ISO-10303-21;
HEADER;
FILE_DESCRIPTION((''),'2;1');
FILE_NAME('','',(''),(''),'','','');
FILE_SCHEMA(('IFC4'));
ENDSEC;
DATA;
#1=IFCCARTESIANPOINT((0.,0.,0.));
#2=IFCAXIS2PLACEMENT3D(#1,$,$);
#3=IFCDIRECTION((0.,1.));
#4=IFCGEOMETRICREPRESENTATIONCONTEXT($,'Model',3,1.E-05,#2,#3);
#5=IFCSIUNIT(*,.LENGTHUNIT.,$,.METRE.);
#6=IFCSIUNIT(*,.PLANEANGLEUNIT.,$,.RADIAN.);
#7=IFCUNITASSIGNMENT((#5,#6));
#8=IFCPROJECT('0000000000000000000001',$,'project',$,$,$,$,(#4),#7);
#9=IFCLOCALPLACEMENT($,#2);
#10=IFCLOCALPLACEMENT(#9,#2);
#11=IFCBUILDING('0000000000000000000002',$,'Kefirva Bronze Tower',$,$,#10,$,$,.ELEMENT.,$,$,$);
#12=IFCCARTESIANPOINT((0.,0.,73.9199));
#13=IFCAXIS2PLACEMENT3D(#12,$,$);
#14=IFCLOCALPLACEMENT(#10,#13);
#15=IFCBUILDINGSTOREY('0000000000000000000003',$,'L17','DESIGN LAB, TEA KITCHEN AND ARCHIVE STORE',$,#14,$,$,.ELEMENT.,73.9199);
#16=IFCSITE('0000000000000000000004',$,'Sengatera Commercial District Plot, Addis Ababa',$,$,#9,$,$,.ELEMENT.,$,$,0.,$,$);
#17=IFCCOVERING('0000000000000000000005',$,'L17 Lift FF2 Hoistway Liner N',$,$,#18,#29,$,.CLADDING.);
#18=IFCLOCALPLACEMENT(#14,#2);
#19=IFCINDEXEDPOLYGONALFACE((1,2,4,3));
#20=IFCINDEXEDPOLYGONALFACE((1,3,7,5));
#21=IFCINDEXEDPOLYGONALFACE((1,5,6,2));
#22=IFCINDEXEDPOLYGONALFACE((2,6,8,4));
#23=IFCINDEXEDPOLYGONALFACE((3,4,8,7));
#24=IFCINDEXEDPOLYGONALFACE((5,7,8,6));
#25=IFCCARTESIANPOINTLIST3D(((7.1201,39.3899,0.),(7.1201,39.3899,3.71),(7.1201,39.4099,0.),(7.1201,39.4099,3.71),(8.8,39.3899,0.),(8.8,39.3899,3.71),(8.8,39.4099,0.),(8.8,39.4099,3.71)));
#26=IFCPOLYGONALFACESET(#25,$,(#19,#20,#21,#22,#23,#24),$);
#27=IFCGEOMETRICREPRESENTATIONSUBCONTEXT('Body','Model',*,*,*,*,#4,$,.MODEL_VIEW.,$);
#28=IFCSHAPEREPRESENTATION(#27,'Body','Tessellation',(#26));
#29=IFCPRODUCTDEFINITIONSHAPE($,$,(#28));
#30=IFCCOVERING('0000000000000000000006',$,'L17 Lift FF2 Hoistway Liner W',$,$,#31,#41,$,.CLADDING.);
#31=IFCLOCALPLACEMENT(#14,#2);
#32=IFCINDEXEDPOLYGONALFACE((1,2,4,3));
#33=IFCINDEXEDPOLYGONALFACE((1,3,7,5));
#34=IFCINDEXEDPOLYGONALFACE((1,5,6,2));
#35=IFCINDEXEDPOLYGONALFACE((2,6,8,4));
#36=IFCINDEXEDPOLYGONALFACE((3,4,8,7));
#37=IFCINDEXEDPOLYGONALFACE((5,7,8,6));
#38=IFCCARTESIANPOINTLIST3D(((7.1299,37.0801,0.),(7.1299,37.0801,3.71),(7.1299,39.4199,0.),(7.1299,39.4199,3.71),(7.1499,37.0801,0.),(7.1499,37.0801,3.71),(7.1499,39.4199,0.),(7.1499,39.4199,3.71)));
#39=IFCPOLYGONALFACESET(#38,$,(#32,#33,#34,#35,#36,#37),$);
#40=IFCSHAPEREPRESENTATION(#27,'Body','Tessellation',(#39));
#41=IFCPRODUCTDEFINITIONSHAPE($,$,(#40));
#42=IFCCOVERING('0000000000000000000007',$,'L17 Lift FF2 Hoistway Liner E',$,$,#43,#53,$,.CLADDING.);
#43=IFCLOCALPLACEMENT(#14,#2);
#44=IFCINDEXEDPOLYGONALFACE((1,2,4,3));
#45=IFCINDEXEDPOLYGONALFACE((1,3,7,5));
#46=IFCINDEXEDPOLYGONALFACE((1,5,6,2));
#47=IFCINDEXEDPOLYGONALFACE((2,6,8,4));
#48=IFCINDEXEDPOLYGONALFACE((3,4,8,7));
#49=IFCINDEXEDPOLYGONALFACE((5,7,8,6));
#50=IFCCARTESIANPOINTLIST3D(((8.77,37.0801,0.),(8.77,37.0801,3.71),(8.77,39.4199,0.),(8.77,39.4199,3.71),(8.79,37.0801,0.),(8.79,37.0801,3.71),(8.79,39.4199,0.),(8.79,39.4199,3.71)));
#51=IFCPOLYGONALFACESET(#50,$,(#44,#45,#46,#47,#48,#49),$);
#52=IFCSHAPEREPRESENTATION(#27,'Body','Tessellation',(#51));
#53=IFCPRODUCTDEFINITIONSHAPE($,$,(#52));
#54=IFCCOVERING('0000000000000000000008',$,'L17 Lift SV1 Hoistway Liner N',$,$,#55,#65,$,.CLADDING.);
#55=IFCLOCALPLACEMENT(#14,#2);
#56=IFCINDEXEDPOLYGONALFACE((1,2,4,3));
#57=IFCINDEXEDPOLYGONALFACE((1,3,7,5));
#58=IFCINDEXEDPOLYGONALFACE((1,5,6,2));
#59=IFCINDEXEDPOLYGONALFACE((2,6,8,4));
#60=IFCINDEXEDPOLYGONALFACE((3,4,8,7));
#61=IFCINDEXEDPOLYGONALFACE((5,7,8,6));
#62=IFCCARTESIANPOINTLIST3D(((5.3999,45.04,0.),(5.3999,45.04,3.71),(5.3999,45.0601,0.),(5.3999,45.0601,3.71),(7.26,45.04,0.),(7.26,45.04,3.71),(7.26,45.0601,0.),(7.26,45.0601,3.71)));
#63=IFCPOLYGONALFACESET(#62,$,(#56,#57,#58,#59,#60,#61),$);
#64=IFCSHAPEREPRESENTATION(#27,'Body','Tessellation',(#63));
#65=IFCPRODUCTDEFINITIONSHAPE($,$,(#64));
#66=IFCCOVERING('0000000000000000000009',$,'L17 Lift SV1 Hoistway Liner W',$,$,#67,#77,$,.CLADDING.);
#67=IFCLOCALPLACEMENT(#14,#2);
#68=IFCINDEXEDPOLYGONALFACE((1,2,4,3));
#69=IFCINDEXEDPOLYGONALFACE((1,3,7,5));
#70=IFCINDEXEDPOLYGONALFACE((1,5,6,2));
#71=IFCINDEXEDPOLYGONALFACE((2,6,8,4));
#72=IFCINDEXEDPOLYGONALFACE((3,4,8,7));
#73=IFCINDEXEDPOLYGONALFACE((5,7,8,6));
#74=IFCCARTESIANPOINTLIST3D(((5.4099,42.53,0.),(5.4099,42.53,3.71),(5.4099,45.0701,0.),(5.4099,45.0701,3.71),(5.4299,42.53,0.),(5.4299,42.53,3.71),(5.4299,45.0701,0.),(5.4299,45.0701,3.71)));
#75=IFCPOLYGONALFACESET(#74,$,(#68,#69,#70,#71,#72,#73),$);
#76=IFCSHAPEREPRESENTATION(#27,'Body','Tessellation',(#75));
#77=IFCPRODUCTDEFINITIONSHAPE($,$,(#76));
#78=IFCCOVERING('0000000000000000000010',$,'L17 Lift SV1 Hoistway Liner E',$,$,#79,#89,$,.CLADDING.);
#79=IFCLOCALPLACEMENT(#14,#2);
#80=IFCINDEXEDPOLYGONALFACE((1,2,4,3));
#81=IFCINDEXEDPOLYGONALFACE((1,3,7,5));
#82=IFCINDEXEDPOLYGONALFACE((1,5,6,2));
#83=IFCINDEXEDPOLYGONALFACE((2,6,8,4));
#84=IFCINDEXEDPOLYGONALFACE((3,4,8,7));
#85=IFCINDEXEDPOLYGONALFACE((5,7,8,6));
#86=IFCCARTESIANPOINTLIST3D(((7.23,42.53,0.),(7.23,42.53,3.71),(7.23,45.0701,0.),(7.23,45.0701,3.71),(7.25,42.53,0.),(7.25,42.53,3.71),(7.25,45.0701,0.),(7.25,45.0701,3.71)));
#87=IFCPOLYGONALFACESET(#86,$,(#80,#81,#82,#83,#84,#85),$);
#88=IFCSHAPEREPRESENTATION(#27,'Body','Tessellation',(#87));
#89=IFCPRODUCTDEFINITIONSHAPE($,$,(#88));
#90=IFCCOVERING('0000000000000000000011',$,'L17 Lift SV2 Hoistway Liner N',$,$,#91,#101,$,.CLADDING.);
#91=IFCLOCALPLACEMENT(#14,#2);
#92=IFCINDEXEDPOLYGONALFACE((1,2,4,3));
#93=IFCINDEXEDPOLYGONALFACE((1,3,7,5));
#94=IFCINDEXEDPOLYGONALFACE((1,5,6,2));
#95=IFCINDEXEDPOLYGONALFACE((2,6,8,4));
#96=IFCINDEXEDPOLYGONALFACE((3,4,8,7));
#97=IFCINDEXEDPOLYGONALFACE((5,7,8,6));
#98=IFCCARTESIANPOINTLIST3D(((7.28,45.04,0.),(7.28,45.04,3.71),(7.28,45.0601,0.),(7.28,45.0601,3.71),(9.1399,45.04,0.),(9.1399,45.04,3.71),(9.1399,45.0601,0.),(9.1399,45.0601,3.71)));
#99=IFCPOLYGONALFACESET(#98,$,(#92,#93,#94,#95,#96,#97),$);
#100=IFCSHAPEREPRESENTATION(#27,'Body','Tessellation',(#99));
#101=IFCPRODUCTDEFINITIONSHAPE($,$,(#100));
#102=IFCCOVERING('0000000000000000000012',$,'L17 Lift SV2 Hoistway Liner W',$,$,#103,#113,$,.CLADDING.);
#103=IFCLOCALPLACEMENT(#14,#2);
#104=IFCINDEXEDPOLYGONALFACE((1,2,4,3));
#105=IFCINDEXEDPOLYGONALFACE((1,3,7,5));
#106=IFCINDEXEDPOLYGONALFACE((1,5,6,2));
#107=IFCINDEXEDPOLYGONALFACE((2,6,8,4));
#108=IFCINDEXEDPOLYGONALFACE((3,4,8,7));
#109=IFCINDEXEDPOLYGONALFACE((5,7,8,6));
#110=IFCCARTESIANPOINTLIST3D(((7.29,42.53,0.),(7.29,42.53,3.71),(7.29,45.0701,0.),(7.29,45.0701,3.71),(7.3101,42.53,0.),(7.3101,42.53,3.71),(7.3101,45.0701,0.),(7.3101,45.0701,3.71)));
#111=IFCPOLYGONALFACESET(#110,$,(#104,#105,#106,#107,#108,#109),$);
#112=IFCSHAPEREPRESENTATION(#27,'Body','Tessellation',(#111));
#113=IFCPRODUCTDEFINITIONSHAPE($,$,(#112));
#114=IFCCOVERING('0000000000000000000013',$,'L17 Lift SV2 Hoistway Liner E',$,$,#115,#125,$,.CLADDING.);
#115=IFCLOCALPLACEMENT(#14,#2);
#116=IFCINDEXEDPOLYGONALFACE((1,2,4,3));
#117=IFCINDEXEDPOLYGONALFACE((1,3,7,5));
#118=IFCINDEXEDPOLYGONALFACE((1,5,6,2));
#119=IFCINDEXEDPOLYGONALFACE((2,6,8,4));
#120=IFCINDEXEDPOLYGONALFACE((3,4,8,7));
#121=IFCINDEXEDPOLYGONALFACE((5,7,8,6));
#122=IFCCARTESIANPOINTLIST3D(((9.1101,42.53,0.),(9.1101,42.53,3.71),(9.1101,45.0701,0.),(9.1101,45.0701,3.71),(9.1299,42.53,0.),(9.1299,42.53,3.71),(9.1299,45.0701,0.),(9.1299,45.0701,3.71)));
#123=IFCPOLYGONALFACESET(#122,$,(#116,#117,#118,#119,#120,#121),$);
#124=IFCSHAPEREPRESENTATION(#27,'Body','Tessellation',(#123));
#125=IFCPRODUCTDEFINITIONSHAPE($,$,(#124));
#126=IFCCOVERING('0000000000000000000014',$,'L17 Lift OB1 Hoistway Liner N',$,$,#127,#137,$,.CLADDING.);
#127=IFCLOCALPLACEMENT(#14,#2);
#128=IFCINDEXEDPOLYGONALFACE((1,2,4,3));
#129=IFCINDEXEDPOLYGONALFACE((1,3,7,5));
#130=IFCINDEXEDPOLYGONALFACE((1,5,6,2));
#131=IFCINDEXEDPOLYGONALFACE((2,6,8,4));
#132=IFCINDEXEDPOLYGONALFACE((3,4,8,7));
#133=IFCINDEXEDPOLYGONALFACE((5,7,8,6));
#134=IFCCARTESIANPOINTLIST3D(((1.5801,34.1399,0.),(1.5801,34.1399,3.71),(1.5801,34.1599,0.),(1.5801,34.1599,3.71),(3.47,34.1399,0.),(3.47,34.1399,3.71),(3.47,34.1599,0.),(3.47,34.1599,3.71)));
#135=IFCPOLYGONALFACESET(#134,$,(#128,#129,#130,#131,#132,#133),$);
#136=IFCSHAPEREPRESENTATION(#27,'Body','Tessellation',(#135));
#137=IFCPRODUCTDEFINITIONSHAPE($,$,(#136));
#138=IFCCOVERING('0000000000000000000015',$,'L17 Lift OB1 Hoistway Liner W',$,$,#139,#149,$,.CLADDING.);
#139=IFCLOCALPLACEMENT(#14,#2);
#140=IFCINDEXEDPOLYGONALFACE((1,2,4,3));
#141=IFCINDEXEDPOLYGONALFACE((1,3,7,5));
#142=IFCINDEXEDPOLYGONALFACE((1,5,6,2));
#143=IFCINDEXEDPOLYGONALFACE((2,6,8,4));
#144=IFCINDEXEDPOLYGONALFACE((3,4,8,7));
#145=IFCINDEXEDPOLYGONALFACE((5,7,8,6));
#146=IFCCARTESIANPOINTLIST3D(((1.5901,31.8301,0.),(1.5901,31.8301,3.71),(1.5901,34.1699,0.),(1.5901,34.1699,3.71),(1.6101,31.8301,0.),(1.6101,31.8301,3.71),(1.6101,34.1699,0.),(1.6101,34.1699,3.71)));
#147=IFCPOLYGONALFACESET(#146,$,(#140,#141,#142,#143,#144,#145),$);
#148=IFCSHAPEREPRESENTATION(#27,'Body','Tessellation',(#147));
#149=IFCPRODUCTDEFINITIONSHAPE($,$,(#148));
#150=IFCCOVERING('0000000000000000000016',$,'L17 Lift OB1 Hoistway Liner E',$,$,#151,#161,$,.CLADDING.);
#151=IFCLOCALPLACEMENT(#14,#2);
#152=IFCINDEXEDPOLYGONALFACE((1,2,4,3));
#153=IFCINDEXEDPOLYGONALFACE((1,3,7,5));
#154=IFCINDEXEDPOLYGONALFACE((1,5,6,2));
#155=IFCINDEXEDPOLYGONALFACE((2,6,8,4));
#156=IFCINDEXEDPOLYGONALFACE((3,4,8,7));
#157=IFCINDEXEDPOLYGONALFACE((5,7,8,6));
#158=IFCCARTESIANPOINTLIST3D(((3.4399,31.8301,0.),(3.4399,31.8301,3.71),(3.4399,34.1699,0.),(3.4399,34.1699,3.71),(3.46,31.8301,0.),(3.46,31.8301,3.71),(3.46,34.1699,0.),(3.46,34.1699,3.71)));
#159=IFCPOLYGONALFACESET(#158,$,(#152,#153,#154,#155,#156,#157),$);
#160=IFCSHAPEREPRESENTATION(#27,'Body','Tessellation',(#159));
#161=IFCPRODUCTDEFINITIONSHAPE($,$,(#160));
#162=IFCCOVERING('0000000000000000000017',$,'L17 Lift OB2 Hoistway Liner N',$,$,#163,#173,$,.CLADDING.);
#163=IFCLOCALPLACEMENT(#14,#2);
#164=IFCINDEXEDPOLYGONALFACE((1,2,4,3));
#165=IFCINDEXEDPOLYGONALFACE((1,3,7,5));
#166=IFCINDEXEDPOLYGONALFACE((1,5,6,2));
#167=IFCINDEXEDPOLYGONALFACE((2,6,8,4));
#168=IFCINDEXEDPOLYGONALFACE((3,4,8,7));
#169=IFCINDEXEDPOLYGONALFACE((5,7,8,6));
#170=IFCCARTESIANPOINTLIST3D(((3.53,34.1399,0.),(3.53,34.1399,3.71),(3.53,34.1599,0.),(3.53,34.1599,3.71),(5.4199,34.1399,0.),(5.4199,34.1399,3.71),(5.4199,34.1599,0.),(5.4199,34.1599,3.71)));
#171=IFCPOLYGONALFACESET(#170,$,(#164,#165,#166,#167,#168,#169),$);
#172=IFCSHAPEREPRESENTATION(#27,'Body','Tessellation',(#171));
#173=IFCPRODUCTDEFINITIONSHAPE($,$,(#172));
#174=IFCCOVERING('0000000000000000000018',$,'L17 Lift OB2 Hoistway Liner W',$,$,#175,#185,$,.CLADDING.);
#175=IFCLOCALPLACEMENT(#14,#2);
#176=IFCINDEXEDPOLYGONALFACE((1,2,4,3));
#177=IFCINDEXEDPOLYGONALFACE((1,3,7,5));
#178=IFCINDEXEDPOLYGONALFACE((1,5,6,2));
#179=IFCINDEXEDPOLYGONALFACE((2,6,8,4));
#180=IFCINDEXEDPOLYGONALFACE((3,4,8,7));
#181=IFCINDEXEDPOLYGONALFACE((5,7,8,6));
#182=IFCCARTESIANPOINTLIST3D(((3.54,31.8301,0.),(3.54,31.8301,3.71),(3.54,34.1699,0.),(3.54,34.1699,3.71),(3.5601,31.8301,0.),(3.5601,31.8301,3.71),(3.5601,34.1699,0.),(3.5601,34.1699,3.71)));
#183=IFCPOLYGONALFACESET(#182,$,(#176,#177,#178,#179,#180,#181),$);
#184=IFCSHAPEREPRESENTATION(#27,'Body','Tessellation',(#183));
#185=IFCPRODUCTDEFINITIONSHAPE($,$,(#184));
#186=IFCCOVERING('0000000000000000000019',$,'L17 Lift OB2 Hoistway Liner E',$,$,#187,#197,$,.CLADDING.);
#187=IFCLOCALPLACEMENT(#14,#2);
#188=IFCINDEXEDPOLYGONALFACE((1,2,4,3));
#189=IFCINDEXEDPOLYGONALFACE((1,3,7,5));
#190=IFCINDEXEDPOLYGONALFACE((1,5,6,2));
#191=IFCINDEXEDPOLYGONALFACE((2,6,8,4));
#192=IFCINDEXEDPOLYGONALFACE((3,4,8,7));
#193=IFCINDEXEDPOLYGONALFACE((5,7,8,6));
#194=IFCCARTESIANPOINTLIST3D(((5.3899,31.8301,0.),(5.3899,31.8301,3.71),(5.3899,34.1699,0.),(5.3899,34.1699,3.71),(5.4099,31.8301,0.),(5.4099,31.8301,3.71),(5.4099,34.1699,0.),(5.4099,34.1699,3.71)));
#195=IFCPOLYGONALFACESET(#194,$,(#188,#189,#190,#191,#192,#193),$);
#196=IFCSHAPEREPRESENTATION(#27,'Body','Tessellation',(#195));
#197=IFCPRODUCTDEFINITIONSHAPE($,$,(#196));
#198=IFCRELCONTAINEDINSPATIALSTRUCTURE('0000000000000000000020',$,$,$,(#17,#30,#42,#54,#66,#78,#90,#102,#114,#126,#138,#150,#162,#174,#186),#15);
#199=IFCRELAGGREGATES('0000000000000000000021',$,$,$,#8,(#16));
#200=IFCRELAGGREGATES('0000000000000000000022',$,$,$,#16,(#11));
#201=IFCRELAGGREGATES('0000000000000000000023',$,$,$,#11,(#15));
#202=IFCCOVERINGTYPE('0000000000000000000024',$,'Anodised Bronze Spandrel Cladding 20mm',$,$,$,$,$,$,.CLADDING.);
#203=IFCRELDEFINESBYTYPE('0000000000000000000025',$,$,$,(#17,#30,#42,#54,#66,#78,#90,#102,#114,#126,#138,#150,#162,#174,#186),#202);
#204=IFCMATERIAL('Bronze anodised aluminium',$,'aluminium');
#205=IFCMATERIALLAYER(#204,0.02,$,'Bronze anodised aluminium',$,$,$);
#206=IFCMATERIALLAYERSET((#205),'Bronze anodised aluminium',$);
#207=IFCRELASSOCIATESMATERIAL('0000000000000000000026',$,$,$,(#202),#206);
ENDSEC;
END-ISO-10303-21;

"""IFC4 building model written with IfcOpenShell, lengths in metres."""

from ifc_helpers import new_model, si_unit, direction, frame, origin, place, context, subcontext, project, spatial, polyline, outline, extrude, material, layer, layer_set, type_object, element, save


model = new_model("IFC4")

# Units and contexts
model_context = context("Model", 3, precision=1e-05, world=origin(), true_north=direction((0.0, 1.0)))
body_context = subcontext(model_context, "Body", "Model", "MODEL_VIEW")
ifc_project = project(units=[si_unit("LENGTHUNIT", "METRE"), si_unit("PLANEANGLEUNIT", "RADIAN")], contexts=[model_context])

# Site, building, storey
site_placement = place(None, origin())
site = spatial("IfcSite", under=ifc_project, at=site_placement, Name="Sengatera Commercial District Plot, Addis Ababa", CompositionType="ELEMENT", RefElevation=0.0)
building_placement = place(site_placement, origin())
building = spatial("IfcBuilding", under=site, at=building_placement, Name="Kefirva Bronze Tower", CompositionType="ELEMENT")
storey_placement = place(building_placement, frame((0.0, 0.0, 73.9199)))
storey = spatial("IfcBuildingStorey", under=building, at=storey_placement, Name="L17", Description="DESIGN LAB, TEA KITCHEN AND ARCHIVE STORE", CompositionType="ELEMENT", Elevation=73.9199)

# Coverings
ifc_material_1 = material(Name="Bronze anodised aluminium", Category="aluminium")
ifc_layer_1 = layer(ifc_material_1, 0.02, Name="Bronze anodised aluminium")
ifc_layer_set_1 = layer_set([ifc_layer_1], Name="Bronze anodised aluminium")
covering_type = type_object("IfcCoveringType", Name="Anodised Bronze Spandrel Cladding 20mm", PredefinedType="CLADDING", material=ifc_layer_set_1)
covering_1_placement = place(storey_placement, origin())
element("IfcCovering", 1, at=covering_1_placement, inside=storey, type_object=covering_type, Name="L17 Lift FF2 Hoistway Liner N", PredefinedType="CLADDING", context=body_context, shape_type="SweptSolid", body=[
    extrude(outline(polyline([(7.1201, 39.3899), (8.8, 39.3899), (8.8, 39.4099), (7.1201, 39.4099), (7.1201, 39.3899)])), origin(), (0.0, 0.0, 1.0), 3.71),
])
covering_2_placement = place(storey_placement, origin())
element("IfcCovering", 2, at=covering_2_placement, inside=storey, type_object=covering_type, Name="L17 Lift FF2 Hoistway Liner W", PredefinedType="CLADDING", context=body_context, shape_type="SweptSolid", body=[
    extrude(outline(polyline([(7.1299, 37.0801), (7.1499, 37.0801), (7.1499, 39.4199), (7.1299, 39.4199), (7.1299, 37.0801)])), origin(), (0.0, 0.0, 1.0), 3.71),
])
covering_3_placement = place(storey_placement, origin())
element("IfcCovering", 3, at=covering_3_placement, inside=storey, type_object=covering_type, Name="L17 Lift FF2 Hoistway Liner E", PredefinedType="CLADDING", context=body_context, shape_type="SweptSolid", body=[
    extrude(outline(polyline([(8.77, 37.0801), (8.79, 37.0801), (8.79, 39.4199), (8.77, 39.4199), (8.77, 37.0801)])), origin(), (0.0, 0.0, 1.0), 3.71),
])
covering_4_placement = place(storey_placement, origin())
element("IfcCovering", 4, at=covering_4_placement, inside=storey, type_object=covering_type, Name="L17 Lift SV1 Hoistway Liner N", PredefinedType="CLADDING", context=body_context, shape_type="SweptSolid", body=[
    extrude(outline(polyline([(5.3999, 45.04), (7.26, 45.04), (7.26, 45.0601), (5.3999, 45.0601), (5.3999, 45.04)])), origin(), (0.0, 0.0, 1.0), 3.71),
])
covering_5_placement = place(storey_placement, origin())
element("IfcCovering", 5, at=covering_5_placement, inside=storey, type_object=covering_type, Name="L17 Lift SV1 Hoistway Liner W", PredefinedType="CLADDING", context=body_context, shape_type="SweptSolid", body=[
    extrude(outline(polyline([(5.4099, 42.53), (5.4299, 42.53), (5.4299, 45.0701), (5.4099, 45.0701), (5.4099, 42.53)])), origin(), (0.0, 0.0, 1.0), 3.71),
])
covering_6_placement = place(storey_placement, origin())
element("IfcCovering", 6, at=covering_6_placement, inside=storey, type_object=covering_type, Name="L17 Lift SV1 Hoistway Liner E", PredefinedType="CLADDING", context=body_context, shape_type="SweptSolid", body=[
    extrude(outline(polyline([(7.23, 42.53), (7.25, 42.53), (7.25, 45.0701), (7.23, 45.0701), (7.23, 42.53)])), origin(), (0.0, 0.0, 1.0), 3.71),
])
covering_7_placement = place(storey_placement, origin())
element("IfcCovering", 7, at=covering_7_placement, inside=storey, type_object=covering_type, Name="L17 Lift SV2 Hoistway Liner N", PredefinedType="CLADDING", context=body_context, shape_type="SweptSolid", body=[
    extrude(outline(polyline([(7.28, 45.04), (9.1399, 45.04), (9.1399, 45.0601), (7.28, 45.0601), (7.28, 45.04)])), origin(), (0.0, 0.0, 1.0), 3.71),
])
covering_8_placement = place(storey_placement, origin())
element("IfcCovering", 8, at=covering_8_placement, inside=storey, type_object=covering_type, Name="L17 Lift SV2 Hoistway Liner W", PredefinedType="CLADDING", context=body_context, shape_type="SweptSolid", body=[
    extrude(outline(polyline([(7.29, 42.53), (7.3101, 42.53), (7.3101, 45.0701), (7.29, 45.0701), (7.29, 42.53)])), origin(), (0.0, 0.0, 1.0), 3.71),
])
covering_9_placement = place(storey_placement, origin())
element("IfcCovering", 9, at=covering_9_placement, inside=storey, type_object=covering_type, Name="L17 Lift SV2 Hoistway Liner E", PredefinedType="CLADDING", context=body_context, shape_type="SweptSolid", body=[
    extrude(outline(polyline([(9.1101, 42.53), (9.1299, 42.53), (9.1299, 45.0701), (9.1101, 45.0701), (9.1101, 42.53)])), origin(), (0.0, 0.0, 1.0), 3.71),
])
covering_10_placement = place(storey_placement, origin())
element("IfcCovering", 10, at=covering_10_placement, inside=storey, type_object=covering_type, Name="L17 Lift OB1 Hoistway Liner N", PredefinedType="CLADDING", context=body_context, shape_type="SweptSolid", body=[
    extrude(outline(polyline([(1.5801, 34.1399), (3.47, 34.1399), (3.47, 34.1599), (1.5801, 34.1599), (1.5801, 34.1399)])), origin(), (0.0, 0.0, 1.0), 3.71),
])
covering_11_placement = place(storey_placement, origin())
element("IfcCovering", 11, at=covering_11_placement, inside=storey, type_object=covering_type, Name="L17 Lift OB1 Hoistway Liner W", PredefinedType="CLADDING", context=body_context, shape_type="SweptSolid", body=[
    extrude(outline(polyline([(1.5901, 31.8301), (1.6101, 31.8301), (1.6101, 34.1699), (1.5901, 34.1699), (1.5901, 31.8301)])), origin(), (0.0, 0.0, 1.0), 3.71),
])
covering_12_placement = place(storey_placement, origin())
element("IfcCovering", 12, at=covering_12_placement, inside=storey, type_object=covering_type, Name="L17 Lift OB1 Hoistway Liner E", PredefinedType="CLADDING", context=body_context, shape_type="SweptSolid", body=[
    extrude(outline(polyline([(3.4399, 31.8301), (3.46, 31.8301), (3.46, 34.1699), (3.4399, 34.1699), (3.4399, 31.8301)])), origin(), (0.0, 0.0, 1.0), 3.71),
])
covering_13_placement = place(storey_placement, origin())
element("IfcCovering", 13, at=covering_13_placement, inside=storey, type_object=covering_type, Name="L17 Lift OB2 Hoistway Liner N", PredefinedType="CLADDING", context=body_context, shape_type="SweptSolid", body=[
    extrude(outline(polyline([(3.53, 34.1399), (5.4199, 34.1399), (5.4199, 34.1599), (3.53, 34.1599), (3.53, 34.1399)])), origin(), (0.0, 0.0, 1.0), 3.71),
])
covering_14_placement = place(storey_placement, origin())
element("IfcCovering", 14, at=covering_14_placement, inside=storey, type_object=covering_type, Name="L17 Lift OB2 Hoistway Liner W", PredefinedType="CLADDING", context=body_context, shape_type="SweptSolid", body=[
    extrude(outline(polyline([(3.54, 31.8301), (3.5601, 31.8301), (3.5601, 34.1699), (3.54, 34.1699), (3.54, 31.8301)])), origin(), (0.0, 0.0, 1.0), 3.71),
])
covering_15_placement = place(storey_placement, origin())
element("IfcCovering", 15, at=covering_15_placement, inside=storey, type_object=covering_type, Name="L17 Lift OB2 Hoistway Liner E", PredefinedType="CLADDING", context=body_context, shape_type="SweptSolid", body=[
    extrude(outline(polyline([(5.3899, 31.8301), (5.4099, 31.8301), (5.4099, 34.1699), (5.3899, 34.1699), (5.3899, 31.8301)])), origin(), (0.0, 0.0, 1.0), 3.71),
])

save(model, "model.ifc")
